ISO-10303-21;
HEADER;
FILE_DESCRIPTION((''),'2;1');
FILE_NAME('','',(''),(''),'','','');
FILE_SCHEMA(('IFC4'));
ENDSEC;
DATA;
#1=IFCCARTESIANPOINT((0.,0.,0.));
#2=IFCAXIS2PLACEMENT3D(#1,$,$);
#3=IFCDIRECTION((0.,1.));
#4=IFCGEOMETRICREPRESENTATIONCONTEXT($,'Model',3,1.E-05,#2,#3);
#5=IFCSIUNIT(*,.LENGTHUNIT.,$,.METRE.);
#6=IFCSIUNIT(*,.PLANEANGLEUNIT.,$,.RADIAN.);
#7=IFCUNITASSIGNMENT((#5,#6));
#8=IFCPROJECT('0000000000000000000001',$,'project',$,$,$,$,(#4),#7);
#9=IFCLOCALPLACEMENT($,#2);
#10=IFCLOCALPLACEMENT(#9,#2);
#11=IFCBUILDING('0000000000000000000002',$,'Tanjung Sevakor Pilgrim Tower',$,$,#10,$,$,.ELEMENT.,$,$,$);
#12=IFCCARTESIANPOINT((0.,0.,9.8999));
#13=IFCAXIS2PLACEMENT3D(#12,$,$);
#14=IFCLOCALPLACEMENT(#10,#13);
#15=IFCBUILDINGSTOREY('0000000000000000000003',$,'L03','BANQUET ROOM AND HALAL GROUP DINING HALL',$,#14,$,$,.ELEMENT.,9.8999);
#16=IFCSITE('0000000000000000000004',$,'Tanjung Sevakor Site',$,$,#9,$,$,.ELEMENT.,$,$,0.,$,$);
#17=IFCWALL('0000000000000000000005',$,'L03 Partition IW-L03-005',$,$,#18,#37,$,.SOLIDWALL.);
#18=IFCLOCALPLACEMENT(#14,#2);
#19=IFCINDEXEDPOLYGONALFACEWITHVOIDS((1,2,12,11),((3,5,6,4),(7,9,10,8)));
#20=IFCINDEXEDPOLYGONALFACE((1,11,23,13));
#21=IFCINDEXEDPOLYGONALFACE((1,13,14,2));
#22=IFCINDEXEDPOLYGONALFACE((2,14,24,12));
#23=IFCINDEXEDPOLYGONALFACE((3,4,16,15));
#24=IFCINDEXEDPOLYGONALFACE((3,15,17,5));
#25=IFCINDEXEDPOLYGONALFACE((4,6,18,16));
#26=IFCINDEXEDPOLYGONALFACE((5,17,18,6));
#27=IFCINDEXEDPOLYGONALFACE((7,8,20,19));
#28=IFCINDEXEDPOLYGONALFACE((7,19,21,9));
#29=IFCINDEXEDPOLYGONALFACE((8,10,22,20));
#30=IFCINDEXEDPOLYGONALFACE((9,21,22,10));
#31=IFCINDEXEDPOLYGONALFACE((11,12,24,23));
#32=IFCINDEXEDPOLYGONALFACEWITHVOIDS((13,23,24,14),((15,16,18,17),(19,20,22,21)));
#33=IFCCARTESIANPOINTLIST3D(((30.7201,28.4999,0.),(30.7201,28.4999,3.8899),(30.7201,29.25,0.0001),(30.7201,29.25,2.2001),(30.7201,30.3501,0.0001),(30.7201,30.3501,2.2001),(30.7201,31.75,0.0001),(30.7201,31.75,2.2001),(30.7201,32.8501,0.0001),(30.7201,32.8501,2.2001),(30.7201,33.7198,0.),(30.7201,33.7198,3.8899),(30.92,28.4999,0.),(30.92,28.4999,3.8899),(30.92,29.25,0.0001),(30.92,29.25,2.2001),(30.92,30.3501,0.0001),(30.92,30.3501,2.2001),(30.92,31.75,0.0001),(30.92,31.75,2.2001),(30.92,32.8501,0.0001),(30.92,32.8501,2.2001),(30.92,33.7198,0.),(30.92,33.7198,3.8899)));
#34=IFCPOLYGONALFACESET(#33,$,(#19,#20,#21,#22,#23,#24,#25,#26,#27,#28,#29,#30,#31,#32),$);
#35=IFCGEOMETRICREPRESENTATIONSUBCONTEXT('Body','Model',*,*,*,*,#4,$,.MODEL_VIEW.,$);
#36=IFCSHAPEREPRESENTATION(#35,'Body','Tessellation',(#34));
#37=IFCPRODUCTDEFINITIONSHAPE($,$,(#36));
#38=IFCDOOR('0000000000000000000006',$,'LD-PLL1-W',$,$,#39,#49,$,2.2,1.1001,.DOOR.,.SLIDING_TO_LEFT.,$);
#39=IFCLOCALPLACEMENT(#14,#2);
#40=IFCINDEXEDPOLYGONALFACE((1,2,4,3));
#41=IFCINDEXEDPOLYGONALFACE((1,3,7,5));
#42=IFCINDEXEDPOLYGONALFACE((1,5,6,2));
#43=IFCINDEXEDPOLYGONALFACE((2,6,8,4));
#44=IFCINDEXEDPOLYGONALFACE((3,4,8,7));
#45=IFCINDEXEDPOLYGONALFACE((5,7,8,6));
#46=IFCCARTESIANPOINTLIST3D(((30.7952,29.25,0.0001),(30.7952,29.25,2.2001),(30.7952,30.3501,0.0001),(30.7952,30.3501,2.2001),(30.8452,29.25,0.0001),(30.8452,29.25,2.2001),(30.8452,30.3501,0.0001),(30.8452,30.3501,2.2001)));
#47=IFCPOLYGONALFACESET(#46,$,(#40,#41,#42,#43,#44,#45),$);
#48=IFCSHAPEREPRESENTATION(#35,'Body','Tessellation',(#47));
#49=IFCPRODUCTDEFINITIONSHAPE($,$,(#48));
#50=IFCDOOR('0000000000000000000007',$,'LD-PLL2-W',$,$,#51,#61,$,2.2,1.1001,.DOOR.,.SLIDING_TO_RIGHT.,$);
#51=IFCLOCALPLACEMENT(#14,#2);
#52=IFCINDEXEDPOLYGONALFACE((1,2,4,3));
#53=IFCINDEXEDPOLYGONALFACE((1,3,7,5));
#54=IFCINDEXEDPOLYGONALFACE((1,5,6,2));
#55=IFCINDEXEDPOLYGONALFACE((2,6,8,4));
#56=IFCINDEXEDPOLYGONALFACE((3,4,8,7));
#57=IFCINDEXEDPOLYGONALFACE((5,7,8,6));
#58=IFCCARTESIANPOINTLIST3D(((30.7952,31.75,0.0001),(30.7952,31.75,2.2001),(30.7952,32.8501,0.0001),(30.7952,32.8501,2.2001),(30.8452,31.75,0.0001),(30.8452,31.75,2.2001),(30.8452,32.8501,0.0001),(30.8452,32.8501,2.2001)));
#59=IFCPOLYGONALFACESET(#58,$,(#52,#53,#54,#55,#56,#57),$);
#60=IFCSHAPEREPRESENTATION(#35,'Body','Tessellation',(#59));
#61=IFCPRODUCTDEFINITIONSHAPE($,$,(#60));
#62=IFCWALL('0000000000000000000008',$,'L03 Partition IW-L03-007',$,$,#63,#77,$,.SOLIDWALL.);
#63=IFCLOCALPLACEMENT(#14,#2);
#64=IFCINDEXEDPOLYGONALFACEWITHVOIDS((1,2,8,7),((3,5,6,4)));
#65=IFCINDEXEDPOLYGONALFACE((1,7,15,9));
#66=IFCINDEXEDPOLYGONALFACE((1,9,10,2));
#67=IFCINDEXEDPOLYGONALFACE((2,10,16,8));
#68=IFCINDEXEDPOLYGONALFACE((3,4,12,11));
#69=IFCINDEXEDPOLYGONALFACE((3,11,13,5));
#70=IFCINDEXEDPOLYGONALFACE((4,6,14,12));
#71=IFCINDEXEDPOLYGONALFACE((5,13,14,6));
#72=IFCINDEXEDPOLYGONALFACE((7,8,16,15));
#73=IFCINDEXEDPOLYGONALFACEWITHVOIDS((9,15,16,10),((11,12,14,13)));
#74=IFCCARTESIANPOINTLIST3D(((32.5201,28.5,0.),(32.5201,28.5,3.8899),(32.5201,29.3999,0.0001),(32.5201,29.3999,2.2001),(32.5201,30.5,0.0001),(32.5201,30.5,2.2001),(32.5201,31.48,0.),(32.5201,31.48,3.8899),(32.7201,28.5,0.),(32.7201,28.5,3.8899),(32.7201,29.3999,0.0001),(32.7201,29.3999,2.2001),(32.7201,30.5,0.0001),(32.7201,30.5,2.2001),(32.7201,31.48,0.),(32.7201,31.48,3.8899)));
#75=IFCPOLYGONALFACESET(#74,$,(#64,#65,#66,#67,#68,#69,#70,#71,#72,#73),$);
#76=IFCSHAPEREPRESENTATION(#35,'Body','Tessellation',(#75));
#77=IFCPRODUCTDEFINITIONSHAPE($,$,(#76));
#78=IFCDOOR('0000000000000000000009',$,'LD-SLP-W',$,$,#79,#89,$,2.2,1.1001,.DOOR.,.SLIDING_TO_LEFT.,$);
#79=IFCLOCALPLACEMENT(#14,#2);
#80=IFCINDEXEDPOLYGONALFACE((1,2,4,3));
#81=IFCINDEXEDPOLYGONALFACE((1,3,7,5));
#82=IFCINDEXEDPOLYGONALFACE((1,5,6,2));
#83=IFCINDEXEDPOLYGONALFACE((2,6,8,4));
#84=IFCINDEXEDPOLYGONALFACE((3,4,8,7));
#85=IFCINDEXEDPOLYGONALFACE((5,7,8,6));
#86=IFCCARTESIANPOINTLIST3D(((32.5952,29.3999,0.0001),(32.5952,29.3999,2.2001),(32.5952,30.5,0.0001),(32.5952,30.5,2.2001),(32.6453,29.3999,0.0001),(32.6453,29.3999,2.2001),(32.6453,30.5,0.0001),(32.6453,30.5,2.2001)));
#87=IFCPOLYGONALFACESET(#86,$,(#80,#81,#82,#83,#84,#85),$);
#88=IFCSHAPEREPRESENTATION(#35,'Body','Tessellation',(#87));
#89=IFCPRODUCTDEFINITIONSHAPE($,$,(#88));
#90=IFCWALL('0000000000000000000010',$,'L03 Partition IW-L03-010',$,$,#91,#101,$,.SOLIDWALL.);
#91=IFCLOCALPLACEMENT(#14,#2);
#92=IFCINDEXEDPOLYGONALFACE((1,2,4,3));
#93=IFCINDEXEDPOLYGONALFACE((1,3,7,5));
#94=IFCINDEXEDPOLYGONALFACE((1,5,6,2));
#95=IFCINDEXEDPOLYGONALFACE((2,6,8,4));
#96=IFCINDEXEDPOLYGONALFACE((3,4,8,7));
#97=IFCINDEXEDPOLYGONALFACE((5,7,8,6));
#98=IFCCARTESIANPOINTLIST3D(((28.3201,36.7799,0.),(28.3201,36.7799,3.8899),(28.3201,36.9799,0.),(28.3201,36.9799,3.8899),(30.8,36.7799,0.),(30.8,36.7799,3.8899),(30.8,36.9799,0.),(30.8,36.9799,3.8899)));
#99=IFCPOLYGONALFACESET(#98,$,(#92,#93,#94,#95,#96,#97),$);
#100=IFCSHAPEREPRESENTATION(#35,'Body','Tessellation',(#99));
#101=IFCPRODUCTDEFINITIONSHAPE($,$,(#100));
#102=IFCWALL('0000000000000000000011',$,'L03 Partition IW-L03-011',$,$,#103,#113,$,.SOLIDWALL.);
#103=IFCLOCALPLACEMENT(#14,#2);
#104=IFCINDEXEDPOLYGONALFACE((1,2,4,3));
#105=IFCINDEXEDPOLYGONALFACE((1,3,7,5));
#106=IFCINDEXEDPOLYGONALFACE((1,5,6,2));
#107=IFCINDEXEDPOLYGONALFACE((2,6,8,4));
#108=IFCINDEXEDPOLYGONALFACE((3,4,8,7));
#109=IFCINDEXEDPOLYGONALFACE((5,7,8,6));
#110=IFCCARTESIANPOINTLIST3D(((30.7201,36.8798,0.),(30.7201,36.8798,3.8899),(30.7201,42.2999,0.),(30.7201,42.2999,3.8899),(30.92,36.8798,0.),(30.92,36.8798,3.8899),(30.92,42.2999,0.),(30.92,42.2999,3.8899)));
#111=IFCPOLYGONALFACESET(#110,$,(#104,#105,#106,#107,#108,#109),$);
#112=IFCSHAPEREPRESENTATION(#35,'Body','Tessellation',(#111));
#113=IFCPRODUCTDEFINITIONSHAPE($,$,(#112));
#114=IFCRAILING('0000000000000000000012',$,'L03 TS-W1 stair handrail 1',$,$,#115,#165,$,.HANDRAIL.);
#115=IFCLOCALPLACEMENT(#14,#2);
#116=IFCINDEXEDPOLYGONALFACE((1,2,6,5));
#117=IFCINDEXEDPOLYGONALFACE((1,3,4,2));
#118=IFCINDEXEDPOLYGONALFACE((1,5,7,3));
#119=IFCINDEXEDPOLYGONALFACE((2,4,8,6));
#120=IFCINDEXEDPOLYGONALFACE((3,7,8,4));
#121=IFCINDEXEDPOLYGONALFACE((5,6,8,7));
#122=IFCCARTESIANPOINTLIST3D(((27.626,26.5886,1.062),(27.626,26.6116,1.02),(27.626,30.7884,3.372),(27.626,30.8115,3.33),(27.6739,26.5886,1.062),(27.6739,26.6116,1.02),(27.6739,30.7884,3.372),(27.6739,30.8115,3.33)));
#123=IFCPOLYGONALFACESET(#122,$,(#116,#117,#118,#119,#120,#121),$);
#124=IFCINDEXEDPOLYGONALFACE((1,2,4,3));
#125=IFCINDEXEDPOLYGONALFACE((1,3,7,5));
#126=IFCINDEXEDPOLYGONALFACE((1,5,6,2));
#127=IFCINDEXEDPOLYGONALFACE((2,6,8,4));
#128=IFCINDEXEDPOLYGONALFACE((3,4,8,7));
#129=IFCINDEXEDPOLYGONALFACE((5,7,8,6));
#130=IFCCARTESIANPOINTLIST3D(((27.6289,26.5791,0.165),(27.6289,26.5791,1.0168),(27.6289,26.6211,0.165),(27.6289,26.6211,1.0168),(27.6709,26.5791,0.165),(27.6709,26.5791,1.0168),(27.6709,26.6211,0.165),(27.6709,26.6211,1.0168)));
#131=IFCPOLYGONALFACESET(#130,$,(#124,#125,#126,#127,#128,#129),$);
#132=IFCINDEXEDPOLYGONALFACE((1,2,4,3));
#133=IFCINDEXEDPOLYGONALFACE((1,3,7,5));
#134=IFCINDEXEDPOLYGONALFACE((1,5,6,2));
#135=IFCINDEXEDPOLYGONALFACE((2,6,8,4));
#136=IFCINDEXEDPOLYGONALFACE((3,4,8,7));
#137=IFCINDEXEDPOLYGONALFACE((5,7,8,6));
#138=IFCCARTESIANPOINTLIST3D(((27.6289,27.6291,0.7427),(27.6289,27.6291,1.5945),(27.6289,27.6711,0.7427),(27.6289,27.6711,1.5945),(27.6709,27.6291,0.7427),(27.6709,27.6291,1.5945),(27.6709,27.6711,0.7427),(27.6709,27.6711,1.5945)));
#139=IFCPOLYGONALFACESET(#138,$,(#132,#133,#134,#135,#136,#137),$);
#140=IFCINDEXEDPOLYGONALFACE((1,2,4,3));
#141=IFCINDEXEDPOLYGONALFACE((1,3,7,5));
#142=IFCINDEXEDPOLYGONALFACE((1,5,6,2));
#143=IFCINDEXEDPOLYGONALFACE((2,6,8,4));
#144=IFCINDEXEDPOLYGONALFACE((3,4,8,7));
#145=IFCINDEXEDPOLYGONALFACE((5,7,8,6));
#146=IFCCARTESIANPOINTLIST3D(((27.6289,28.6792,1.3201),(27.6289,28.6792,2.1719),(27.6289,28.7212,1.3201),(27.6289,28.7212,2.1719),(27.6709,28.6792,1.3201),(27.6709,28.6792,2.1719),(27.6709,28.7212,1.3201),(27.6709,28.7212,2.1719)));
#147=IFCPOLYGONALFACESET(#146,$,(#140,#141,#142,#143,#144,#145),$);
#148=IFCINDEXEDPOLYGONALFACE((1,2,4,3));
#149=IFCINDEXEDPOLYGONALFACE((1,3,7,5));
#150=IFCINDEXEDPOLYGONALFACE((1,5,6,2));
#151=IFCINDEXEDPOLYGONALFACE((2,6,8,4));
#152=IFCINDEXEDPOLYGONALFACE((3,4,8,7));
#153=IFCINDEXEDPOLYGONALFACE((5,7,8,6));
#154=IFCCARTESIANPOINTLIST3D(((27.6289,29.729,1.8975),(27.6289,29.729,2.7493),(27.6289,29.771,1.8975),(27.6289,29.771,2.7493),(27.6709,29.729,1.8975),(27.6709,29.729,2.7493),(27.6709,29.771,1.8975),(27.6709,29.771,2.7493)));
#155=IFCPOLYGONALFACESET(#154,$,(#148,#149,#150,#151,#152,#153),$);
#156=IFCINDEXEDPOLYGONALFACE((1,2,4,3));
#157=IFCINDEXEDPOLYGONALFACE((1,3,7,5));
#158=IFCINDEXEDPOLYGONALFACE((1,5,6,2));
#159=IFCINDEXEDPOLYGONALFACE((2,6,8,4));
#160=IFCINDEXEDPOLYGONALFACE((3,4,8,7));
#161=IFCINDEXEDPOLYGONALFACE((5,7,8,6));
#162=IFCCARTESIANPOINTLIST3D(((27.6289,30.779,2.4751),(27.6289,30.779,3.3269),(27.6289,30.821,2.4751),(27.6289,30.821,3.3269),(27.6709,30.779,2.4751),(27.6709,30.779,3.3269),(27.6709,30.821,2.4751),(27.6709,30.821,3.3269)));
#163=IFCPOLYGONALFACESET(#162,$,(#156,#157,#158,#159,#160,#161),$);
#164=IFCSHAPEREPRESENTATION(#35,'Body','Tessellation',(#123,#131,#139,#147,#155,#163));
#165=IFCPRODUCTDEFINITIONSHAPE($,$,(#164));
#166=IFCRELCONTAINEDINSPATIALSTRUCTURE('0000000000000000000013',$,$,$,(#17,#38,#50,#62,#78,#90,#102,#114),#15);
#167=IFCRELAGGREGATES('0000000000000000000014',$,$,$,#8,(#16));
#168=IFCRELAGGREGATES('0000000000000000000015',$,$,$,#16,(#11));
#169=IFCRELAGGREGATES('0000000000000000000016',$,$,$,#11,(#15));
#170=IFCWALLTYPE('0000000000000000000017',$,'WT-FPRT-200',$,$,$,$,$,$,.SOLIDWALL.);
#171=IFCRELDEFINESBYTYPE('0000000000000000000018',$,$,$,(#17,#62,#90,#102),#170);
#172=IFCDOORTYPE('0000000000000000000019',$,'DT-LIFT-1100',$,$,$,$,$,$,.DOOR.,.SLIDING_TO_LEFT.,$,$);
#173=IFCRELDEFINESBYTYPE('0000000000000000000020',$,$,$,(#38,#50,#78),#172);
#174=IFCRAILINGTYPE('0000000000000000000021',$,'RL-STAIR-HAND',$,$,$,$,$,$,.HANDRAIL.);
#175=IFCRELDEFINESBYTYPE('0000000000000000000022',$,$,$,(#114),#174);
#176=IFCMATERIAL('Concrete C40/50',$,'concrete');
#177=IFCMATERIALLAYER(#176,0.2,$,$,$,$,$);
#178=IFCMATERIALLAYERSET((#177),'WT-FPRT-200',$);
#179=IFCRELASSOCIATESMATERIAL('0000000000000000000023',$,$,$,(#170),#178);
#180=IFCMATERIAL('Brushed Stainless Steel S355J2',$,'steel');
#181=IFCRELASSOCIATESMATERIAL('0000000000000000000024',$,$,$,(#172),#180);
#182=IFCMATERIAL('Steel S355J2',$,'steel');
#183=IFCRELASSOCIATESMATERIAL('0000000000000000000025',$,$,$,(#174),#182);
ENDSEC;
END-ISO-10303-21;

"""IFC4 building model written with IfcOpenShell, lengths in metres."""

from ifc_helpers import new_model, si_unit, direction, frame, frame_2d, origin, place, context, subcontext, project, spatial, rectangle, extrude, material, layer, layer_set, type_object, element, fill, save


model = new_model("IFC4")

# Units and contexts
model_context = context("Model", 3, precision=1e-05, world=origin(), true_north=direction((0.0, 1.0)))
body_context = subcontext(model_context, "Body", "Model", "MODEL_VIEW")
ifc_project = project(units=[si_unit("LENGTHUNIT", "METRE"), si_unit("PLANEANGLEUNIT", "RADIAN")], contexts=[model_context])

# Site, building, storey
site_placement = place(None, origin())
site = spatial("IfcSite", under=ifc_project, at=site_placement, Name="Tanjung Sevakor Site", CompositionType="ELEMENT", RefElevation=0.0)
building_placement = place(site_placement, origin())
building = spatial("IfcBuilding", under=site, at=building_placement, Name="Tanjung Sevakor Pilgrim Tower", CompositionType="ELEMENT")
storey_placement = place(building_placement, frame((0.0, 0.0, 9.8999)))
storey = spatial("IfcBuildingStorey", under=building, at=storey_placement, Name="L03", Description="BANQUET ROOM AND HALAL GROUP DINING HALL", CompositionType="ELEMENT", Elevation=9.8999)

# Shared definitions
ifc_material_1 = material(Name="Concrete C40/50", Category="concrete")
ifc_layer_1 = layer(ifc_material_1, 0.2)
ifc_layer_set_1 = layer_set([ifc_layer_1], Name="WT-FPRT-200")
wall_type_1 = type_object("IfcWallType", Name="WT-FPRT-200", PredefinedType="SOLIDWALL", material=ifc_layer_set_1)
ifc_material_2 = material(Name="Brushed Stainless Steel S355J2", Category="steel")
door_type_1 = type_object("IfcDoorType", Name="DT-LIFT-1100", OperationType="SLIDING_TO_LEFT", PredefinedType="DOOR", material=ifc_material_2)

# Wall, openings, doors
wall_1_placement = place(storey_placement, frame((30.8201, 28.5, 0.0), z_axis=(0.0, 0.0, 1.0), x_axis=(0.0, 1.0, 0.0)))
wall_1 = element("IfcWall", 1, at=wall_1_placement, inside=storey, type_object=wall_type_1, Name="L03 Partition IW-L03-005", PredefinedType="SOLIDWALL", context=body_context, shape_type="SweptSolid", body=[
    extrude(rectangle(XDim=5.22, YDim=0.2, at=frame_2d((2.6099, 0.0))), origin(), (0.0, 0.0, 1.0), 3.8899),
])
opening_1_placement = place(wall_1_placement, frame((0.75, 0.0, 0.0)))
opening_1 = element("IfcOpeningElement", 2, at=opening_1_placement, cuts=wall_1, PredefinedType="OPENING", context=body_context, shape_type="SweptSolid", body=[
    extrude(rectangle(XDim=1.1001, YDim=2.2, at=frame_2d((0.55, 1.1001))), frame((0.0, 0.1099, 0.0), z_axis=(0.0, -1.0, 0.0), x_axis=(1.0, 0.0, 0.0)), (0.0, 0.0, 1.0), 0.22),
])
opening_2_placement = place(wall_1_placement, frame((3.25, 0.0, 0.0)))
opening_2 = element("IfcOpeningElement", 3, at=opening_2_placement, cuts=wall_1, PredefinedType="OPENING", context=body_context, shape_type="SweptSolid", body=[
    extrude(rectangle(XDim=1.1001, YDim=2.2, at=frame_2d((0.55, 1.1001))), frame((0.0, 0.1099, 0.0), z_axis=(0.0, -1.0, 0.0), x_axis=(1.0, 0.0, 0.0)), (0.0, 0.0, 1.0), 0.22),
])
door_1_placement = place(opening_1_placement, origin())
door_1 = element("IfcDoor", 4, at=door_1_placement, inside=storey, type_object=door_type_1, Name="LD-PLL1-W", OperationType="SLIDING_TO_LEFT", OverallHeight=2.2, OverallWidth=1.1001, PredefinedType="DOOR", context=body_context, shape_type="SweptSolid", body=[
    extrude(rectangle(XDim=1.1001, YDim=2.2, at=frame_2d((0.55, 1.1001))), frame((0.0, 0.0249, 0.0), z_axis=(0.0, -1.0, 0.0), x_axis=(1.0, 0.0, 0.0)), (0.0, 0.0, 1.0), 0.05),
])
fill(opening_1, door_1)
door_2_placement = place(opening_2_placement, origin())
door_2 = element("IfcDoor", 5, at=door_2_placement, inside=storey, type_object=door_type_1, Name="LD-PLL2-W", OperationType="SLIDING_TO_RIGHT", OverallHeight=2.2, OverallWidth=1.1001, PredefinedType="DOOR", context=body_context, shape_type="SweptSolid", body=[
    extrude(rectangle(XDim=1.1001, YDim=2.2, at=frame_2d((0.55, 1.1001))), frame((0.0, 0.0249, 0.0), z_axis=(0.0, -1.0, 0.0), x_axis=(1.0, 0.0, 0.0)), (0.0, 0.0, 1.0), 0.05),
])
fill(opening_2, door_2)

# Wall, opening, door
wall_2_placement = place(storey_placement, frame((32.6201, 28.5, 0.0), z_axis=(0.0, 0.0, 1.0), x_axis=(0.0, 1.0, 0.0)))
wall_2 = element("IfcWall", 6, at=wall_2_placement, inside=storey, type_object=wall_type_1, Name="L03 Partition IW-L03-007", PredefinedType="SOLIDWALL", context=body_context, shape_type="SweptSolid", body=[
    extrude(rectangle(XDim=2.98, YDim=0.2, at=frame_2d((1.49, 0.0))), origin(), (0.0, 0.0, 1.0), 3.8899),
])
opening_3_placement = place(wall_2_placement, frame((0.8999, 0.0, 0.0)))
opening_3 = element("IfcOpeningElement", 7, at=opening_3_placement, cuts=wall_2, PredefinedType="OPENING", context=body_context, shape_type="SweptSolid", body=[
    extrude(rectangle(XDim=1.1001, YDim=2.2, at=frame_2d((0.55, 1.1001))), frame((0.0, 0.1099, 0.0), z_axis=(0.0, -1.0, 0.0), x_axis=(1.0, 0.0, 0.0)), (0.0, 0.0, 1.0), 0.22),
])
door_3_placement = place(opening_3_placement, origin())
door_3 = element("IfcDoor", 8, at=door_3_placement, inside=storey, type_object=door_type_1, Name="LD-SLP-W", OperationType="SLIDING_TO_LEFT", OverallHeight=2.2, OverallWidth=1.1001, PredefinedType="DOOR", context=body_context, shape_type="SweptSolid", body=[
    extrude(rectangle(XDim=1.1001, YDim=2.2, at=frame_2d((0.55, 1.1001))), frame((0.0, 0.0249, 0.0), z_axis=(0.0, -1.0, 0.0), x_axis=(1.0, 0.0, 0.0)), (0.0, 0.0, 1.0), 0.05),
])
fill(opening_3, door_3)

# Walls
wall_3_placement = place(storey_placement, frame((28.3201, 36.8799, 0.0), z_axis=(0.0, 0.0, 1.0), x_axis=(1.0, 0.0, 0.0)))
element("IfcWall", 9, at=wall_3_placement, inside=storey, type_object=wall_type_1, Name="L03 Partition IW-L03-010", PredefinedType="SOLIDWALL", context=body_context, shape_type="SweptSolid", body=[
    extrude(rectangle(XDim=2.48, YDim=0.2, at=frame_2d((1.24, 0.0))), origin(), (0.0, 0.0, 1.0), 3.8899),
])
wall_4_placement = place(storey_placement, frame((30.8201, 36.8799, 0.0), z_axis=(0.0, 0.0, 1.0), x_axis=(0.0, 1.0, 0.0)))
element("IfcWall", 10, at=wall_4_placement, inside=storey, type_object=wall_type_1, Name="L03 Partition IW-L03-011", PredefinedType="SOLIDWALL", context=body_context, shape_type="SweptSolid", body=[
    extrude(rectangle(XDim=5.4202, YDim=0.2, at=frame_2d((2.71, 0.0))), origin(), (0.0, 0.0, 1.0), 3.8899),
])

# Railing
ifc_material_3 = material(Name="Steel S355J2", Category="steel")
railing_type = type_object("IfcRailingType", Name="RL-STAIR-HAND", PredefinedType="HANDRAIL", material=ifc_material_3)
for number, where, name in (
    (11, (27.6499, 26.6001, 0.165), "L03 TS-W1 stair handrail 1"),
):
    element("IfcRailing", number, at=place(storey_placement, frame(where)), inside=storey, type_object=railing_type, Name=name, PredefinedType="HANDRAIL", context=body_context, shape_type="SweptSolid", body=[
        extrude(rectangle(XDim=0.0479, YDim=0.0479), frame((0.0, 0.0, 0.876), z_axis=(0.0, 0.876208, 0.481932), x_axis=(-1.0, 0.0, 0.0)), (0.0, 0.0, 1.0), 4.7932),
        extrude(rectangle(XDim=0.042, YDim=0.042), origin(), (0.0, 0.0, 1.0), 0.8518),
        extrude(rectangle(XDim=0.042, YDim=0.042), frame((0.0, 1.05, 0.5776)), (0.0, 0.0, 1.0), 0.8518),
        extrude(rectangle(XDim=0.042, YDim=0.042), frame((0.0, 2.1001, 1.155)), (0.0, 0.0, 1.0), 0.8518),
        extrude(rectangle(XDim=0.042, YDim=0.042), frame((0.0, 3.1499, 1.7324)), (0.0, 0.0, 1.0), 0.8518),
        extrude(rectangle(XDim=0.042, YDim=0.042), frame((0.0, 4.2, 2.3101)), (0.0, 0.0, 1.0), 0.8518),
    ])

save(model, "model.ifc")
